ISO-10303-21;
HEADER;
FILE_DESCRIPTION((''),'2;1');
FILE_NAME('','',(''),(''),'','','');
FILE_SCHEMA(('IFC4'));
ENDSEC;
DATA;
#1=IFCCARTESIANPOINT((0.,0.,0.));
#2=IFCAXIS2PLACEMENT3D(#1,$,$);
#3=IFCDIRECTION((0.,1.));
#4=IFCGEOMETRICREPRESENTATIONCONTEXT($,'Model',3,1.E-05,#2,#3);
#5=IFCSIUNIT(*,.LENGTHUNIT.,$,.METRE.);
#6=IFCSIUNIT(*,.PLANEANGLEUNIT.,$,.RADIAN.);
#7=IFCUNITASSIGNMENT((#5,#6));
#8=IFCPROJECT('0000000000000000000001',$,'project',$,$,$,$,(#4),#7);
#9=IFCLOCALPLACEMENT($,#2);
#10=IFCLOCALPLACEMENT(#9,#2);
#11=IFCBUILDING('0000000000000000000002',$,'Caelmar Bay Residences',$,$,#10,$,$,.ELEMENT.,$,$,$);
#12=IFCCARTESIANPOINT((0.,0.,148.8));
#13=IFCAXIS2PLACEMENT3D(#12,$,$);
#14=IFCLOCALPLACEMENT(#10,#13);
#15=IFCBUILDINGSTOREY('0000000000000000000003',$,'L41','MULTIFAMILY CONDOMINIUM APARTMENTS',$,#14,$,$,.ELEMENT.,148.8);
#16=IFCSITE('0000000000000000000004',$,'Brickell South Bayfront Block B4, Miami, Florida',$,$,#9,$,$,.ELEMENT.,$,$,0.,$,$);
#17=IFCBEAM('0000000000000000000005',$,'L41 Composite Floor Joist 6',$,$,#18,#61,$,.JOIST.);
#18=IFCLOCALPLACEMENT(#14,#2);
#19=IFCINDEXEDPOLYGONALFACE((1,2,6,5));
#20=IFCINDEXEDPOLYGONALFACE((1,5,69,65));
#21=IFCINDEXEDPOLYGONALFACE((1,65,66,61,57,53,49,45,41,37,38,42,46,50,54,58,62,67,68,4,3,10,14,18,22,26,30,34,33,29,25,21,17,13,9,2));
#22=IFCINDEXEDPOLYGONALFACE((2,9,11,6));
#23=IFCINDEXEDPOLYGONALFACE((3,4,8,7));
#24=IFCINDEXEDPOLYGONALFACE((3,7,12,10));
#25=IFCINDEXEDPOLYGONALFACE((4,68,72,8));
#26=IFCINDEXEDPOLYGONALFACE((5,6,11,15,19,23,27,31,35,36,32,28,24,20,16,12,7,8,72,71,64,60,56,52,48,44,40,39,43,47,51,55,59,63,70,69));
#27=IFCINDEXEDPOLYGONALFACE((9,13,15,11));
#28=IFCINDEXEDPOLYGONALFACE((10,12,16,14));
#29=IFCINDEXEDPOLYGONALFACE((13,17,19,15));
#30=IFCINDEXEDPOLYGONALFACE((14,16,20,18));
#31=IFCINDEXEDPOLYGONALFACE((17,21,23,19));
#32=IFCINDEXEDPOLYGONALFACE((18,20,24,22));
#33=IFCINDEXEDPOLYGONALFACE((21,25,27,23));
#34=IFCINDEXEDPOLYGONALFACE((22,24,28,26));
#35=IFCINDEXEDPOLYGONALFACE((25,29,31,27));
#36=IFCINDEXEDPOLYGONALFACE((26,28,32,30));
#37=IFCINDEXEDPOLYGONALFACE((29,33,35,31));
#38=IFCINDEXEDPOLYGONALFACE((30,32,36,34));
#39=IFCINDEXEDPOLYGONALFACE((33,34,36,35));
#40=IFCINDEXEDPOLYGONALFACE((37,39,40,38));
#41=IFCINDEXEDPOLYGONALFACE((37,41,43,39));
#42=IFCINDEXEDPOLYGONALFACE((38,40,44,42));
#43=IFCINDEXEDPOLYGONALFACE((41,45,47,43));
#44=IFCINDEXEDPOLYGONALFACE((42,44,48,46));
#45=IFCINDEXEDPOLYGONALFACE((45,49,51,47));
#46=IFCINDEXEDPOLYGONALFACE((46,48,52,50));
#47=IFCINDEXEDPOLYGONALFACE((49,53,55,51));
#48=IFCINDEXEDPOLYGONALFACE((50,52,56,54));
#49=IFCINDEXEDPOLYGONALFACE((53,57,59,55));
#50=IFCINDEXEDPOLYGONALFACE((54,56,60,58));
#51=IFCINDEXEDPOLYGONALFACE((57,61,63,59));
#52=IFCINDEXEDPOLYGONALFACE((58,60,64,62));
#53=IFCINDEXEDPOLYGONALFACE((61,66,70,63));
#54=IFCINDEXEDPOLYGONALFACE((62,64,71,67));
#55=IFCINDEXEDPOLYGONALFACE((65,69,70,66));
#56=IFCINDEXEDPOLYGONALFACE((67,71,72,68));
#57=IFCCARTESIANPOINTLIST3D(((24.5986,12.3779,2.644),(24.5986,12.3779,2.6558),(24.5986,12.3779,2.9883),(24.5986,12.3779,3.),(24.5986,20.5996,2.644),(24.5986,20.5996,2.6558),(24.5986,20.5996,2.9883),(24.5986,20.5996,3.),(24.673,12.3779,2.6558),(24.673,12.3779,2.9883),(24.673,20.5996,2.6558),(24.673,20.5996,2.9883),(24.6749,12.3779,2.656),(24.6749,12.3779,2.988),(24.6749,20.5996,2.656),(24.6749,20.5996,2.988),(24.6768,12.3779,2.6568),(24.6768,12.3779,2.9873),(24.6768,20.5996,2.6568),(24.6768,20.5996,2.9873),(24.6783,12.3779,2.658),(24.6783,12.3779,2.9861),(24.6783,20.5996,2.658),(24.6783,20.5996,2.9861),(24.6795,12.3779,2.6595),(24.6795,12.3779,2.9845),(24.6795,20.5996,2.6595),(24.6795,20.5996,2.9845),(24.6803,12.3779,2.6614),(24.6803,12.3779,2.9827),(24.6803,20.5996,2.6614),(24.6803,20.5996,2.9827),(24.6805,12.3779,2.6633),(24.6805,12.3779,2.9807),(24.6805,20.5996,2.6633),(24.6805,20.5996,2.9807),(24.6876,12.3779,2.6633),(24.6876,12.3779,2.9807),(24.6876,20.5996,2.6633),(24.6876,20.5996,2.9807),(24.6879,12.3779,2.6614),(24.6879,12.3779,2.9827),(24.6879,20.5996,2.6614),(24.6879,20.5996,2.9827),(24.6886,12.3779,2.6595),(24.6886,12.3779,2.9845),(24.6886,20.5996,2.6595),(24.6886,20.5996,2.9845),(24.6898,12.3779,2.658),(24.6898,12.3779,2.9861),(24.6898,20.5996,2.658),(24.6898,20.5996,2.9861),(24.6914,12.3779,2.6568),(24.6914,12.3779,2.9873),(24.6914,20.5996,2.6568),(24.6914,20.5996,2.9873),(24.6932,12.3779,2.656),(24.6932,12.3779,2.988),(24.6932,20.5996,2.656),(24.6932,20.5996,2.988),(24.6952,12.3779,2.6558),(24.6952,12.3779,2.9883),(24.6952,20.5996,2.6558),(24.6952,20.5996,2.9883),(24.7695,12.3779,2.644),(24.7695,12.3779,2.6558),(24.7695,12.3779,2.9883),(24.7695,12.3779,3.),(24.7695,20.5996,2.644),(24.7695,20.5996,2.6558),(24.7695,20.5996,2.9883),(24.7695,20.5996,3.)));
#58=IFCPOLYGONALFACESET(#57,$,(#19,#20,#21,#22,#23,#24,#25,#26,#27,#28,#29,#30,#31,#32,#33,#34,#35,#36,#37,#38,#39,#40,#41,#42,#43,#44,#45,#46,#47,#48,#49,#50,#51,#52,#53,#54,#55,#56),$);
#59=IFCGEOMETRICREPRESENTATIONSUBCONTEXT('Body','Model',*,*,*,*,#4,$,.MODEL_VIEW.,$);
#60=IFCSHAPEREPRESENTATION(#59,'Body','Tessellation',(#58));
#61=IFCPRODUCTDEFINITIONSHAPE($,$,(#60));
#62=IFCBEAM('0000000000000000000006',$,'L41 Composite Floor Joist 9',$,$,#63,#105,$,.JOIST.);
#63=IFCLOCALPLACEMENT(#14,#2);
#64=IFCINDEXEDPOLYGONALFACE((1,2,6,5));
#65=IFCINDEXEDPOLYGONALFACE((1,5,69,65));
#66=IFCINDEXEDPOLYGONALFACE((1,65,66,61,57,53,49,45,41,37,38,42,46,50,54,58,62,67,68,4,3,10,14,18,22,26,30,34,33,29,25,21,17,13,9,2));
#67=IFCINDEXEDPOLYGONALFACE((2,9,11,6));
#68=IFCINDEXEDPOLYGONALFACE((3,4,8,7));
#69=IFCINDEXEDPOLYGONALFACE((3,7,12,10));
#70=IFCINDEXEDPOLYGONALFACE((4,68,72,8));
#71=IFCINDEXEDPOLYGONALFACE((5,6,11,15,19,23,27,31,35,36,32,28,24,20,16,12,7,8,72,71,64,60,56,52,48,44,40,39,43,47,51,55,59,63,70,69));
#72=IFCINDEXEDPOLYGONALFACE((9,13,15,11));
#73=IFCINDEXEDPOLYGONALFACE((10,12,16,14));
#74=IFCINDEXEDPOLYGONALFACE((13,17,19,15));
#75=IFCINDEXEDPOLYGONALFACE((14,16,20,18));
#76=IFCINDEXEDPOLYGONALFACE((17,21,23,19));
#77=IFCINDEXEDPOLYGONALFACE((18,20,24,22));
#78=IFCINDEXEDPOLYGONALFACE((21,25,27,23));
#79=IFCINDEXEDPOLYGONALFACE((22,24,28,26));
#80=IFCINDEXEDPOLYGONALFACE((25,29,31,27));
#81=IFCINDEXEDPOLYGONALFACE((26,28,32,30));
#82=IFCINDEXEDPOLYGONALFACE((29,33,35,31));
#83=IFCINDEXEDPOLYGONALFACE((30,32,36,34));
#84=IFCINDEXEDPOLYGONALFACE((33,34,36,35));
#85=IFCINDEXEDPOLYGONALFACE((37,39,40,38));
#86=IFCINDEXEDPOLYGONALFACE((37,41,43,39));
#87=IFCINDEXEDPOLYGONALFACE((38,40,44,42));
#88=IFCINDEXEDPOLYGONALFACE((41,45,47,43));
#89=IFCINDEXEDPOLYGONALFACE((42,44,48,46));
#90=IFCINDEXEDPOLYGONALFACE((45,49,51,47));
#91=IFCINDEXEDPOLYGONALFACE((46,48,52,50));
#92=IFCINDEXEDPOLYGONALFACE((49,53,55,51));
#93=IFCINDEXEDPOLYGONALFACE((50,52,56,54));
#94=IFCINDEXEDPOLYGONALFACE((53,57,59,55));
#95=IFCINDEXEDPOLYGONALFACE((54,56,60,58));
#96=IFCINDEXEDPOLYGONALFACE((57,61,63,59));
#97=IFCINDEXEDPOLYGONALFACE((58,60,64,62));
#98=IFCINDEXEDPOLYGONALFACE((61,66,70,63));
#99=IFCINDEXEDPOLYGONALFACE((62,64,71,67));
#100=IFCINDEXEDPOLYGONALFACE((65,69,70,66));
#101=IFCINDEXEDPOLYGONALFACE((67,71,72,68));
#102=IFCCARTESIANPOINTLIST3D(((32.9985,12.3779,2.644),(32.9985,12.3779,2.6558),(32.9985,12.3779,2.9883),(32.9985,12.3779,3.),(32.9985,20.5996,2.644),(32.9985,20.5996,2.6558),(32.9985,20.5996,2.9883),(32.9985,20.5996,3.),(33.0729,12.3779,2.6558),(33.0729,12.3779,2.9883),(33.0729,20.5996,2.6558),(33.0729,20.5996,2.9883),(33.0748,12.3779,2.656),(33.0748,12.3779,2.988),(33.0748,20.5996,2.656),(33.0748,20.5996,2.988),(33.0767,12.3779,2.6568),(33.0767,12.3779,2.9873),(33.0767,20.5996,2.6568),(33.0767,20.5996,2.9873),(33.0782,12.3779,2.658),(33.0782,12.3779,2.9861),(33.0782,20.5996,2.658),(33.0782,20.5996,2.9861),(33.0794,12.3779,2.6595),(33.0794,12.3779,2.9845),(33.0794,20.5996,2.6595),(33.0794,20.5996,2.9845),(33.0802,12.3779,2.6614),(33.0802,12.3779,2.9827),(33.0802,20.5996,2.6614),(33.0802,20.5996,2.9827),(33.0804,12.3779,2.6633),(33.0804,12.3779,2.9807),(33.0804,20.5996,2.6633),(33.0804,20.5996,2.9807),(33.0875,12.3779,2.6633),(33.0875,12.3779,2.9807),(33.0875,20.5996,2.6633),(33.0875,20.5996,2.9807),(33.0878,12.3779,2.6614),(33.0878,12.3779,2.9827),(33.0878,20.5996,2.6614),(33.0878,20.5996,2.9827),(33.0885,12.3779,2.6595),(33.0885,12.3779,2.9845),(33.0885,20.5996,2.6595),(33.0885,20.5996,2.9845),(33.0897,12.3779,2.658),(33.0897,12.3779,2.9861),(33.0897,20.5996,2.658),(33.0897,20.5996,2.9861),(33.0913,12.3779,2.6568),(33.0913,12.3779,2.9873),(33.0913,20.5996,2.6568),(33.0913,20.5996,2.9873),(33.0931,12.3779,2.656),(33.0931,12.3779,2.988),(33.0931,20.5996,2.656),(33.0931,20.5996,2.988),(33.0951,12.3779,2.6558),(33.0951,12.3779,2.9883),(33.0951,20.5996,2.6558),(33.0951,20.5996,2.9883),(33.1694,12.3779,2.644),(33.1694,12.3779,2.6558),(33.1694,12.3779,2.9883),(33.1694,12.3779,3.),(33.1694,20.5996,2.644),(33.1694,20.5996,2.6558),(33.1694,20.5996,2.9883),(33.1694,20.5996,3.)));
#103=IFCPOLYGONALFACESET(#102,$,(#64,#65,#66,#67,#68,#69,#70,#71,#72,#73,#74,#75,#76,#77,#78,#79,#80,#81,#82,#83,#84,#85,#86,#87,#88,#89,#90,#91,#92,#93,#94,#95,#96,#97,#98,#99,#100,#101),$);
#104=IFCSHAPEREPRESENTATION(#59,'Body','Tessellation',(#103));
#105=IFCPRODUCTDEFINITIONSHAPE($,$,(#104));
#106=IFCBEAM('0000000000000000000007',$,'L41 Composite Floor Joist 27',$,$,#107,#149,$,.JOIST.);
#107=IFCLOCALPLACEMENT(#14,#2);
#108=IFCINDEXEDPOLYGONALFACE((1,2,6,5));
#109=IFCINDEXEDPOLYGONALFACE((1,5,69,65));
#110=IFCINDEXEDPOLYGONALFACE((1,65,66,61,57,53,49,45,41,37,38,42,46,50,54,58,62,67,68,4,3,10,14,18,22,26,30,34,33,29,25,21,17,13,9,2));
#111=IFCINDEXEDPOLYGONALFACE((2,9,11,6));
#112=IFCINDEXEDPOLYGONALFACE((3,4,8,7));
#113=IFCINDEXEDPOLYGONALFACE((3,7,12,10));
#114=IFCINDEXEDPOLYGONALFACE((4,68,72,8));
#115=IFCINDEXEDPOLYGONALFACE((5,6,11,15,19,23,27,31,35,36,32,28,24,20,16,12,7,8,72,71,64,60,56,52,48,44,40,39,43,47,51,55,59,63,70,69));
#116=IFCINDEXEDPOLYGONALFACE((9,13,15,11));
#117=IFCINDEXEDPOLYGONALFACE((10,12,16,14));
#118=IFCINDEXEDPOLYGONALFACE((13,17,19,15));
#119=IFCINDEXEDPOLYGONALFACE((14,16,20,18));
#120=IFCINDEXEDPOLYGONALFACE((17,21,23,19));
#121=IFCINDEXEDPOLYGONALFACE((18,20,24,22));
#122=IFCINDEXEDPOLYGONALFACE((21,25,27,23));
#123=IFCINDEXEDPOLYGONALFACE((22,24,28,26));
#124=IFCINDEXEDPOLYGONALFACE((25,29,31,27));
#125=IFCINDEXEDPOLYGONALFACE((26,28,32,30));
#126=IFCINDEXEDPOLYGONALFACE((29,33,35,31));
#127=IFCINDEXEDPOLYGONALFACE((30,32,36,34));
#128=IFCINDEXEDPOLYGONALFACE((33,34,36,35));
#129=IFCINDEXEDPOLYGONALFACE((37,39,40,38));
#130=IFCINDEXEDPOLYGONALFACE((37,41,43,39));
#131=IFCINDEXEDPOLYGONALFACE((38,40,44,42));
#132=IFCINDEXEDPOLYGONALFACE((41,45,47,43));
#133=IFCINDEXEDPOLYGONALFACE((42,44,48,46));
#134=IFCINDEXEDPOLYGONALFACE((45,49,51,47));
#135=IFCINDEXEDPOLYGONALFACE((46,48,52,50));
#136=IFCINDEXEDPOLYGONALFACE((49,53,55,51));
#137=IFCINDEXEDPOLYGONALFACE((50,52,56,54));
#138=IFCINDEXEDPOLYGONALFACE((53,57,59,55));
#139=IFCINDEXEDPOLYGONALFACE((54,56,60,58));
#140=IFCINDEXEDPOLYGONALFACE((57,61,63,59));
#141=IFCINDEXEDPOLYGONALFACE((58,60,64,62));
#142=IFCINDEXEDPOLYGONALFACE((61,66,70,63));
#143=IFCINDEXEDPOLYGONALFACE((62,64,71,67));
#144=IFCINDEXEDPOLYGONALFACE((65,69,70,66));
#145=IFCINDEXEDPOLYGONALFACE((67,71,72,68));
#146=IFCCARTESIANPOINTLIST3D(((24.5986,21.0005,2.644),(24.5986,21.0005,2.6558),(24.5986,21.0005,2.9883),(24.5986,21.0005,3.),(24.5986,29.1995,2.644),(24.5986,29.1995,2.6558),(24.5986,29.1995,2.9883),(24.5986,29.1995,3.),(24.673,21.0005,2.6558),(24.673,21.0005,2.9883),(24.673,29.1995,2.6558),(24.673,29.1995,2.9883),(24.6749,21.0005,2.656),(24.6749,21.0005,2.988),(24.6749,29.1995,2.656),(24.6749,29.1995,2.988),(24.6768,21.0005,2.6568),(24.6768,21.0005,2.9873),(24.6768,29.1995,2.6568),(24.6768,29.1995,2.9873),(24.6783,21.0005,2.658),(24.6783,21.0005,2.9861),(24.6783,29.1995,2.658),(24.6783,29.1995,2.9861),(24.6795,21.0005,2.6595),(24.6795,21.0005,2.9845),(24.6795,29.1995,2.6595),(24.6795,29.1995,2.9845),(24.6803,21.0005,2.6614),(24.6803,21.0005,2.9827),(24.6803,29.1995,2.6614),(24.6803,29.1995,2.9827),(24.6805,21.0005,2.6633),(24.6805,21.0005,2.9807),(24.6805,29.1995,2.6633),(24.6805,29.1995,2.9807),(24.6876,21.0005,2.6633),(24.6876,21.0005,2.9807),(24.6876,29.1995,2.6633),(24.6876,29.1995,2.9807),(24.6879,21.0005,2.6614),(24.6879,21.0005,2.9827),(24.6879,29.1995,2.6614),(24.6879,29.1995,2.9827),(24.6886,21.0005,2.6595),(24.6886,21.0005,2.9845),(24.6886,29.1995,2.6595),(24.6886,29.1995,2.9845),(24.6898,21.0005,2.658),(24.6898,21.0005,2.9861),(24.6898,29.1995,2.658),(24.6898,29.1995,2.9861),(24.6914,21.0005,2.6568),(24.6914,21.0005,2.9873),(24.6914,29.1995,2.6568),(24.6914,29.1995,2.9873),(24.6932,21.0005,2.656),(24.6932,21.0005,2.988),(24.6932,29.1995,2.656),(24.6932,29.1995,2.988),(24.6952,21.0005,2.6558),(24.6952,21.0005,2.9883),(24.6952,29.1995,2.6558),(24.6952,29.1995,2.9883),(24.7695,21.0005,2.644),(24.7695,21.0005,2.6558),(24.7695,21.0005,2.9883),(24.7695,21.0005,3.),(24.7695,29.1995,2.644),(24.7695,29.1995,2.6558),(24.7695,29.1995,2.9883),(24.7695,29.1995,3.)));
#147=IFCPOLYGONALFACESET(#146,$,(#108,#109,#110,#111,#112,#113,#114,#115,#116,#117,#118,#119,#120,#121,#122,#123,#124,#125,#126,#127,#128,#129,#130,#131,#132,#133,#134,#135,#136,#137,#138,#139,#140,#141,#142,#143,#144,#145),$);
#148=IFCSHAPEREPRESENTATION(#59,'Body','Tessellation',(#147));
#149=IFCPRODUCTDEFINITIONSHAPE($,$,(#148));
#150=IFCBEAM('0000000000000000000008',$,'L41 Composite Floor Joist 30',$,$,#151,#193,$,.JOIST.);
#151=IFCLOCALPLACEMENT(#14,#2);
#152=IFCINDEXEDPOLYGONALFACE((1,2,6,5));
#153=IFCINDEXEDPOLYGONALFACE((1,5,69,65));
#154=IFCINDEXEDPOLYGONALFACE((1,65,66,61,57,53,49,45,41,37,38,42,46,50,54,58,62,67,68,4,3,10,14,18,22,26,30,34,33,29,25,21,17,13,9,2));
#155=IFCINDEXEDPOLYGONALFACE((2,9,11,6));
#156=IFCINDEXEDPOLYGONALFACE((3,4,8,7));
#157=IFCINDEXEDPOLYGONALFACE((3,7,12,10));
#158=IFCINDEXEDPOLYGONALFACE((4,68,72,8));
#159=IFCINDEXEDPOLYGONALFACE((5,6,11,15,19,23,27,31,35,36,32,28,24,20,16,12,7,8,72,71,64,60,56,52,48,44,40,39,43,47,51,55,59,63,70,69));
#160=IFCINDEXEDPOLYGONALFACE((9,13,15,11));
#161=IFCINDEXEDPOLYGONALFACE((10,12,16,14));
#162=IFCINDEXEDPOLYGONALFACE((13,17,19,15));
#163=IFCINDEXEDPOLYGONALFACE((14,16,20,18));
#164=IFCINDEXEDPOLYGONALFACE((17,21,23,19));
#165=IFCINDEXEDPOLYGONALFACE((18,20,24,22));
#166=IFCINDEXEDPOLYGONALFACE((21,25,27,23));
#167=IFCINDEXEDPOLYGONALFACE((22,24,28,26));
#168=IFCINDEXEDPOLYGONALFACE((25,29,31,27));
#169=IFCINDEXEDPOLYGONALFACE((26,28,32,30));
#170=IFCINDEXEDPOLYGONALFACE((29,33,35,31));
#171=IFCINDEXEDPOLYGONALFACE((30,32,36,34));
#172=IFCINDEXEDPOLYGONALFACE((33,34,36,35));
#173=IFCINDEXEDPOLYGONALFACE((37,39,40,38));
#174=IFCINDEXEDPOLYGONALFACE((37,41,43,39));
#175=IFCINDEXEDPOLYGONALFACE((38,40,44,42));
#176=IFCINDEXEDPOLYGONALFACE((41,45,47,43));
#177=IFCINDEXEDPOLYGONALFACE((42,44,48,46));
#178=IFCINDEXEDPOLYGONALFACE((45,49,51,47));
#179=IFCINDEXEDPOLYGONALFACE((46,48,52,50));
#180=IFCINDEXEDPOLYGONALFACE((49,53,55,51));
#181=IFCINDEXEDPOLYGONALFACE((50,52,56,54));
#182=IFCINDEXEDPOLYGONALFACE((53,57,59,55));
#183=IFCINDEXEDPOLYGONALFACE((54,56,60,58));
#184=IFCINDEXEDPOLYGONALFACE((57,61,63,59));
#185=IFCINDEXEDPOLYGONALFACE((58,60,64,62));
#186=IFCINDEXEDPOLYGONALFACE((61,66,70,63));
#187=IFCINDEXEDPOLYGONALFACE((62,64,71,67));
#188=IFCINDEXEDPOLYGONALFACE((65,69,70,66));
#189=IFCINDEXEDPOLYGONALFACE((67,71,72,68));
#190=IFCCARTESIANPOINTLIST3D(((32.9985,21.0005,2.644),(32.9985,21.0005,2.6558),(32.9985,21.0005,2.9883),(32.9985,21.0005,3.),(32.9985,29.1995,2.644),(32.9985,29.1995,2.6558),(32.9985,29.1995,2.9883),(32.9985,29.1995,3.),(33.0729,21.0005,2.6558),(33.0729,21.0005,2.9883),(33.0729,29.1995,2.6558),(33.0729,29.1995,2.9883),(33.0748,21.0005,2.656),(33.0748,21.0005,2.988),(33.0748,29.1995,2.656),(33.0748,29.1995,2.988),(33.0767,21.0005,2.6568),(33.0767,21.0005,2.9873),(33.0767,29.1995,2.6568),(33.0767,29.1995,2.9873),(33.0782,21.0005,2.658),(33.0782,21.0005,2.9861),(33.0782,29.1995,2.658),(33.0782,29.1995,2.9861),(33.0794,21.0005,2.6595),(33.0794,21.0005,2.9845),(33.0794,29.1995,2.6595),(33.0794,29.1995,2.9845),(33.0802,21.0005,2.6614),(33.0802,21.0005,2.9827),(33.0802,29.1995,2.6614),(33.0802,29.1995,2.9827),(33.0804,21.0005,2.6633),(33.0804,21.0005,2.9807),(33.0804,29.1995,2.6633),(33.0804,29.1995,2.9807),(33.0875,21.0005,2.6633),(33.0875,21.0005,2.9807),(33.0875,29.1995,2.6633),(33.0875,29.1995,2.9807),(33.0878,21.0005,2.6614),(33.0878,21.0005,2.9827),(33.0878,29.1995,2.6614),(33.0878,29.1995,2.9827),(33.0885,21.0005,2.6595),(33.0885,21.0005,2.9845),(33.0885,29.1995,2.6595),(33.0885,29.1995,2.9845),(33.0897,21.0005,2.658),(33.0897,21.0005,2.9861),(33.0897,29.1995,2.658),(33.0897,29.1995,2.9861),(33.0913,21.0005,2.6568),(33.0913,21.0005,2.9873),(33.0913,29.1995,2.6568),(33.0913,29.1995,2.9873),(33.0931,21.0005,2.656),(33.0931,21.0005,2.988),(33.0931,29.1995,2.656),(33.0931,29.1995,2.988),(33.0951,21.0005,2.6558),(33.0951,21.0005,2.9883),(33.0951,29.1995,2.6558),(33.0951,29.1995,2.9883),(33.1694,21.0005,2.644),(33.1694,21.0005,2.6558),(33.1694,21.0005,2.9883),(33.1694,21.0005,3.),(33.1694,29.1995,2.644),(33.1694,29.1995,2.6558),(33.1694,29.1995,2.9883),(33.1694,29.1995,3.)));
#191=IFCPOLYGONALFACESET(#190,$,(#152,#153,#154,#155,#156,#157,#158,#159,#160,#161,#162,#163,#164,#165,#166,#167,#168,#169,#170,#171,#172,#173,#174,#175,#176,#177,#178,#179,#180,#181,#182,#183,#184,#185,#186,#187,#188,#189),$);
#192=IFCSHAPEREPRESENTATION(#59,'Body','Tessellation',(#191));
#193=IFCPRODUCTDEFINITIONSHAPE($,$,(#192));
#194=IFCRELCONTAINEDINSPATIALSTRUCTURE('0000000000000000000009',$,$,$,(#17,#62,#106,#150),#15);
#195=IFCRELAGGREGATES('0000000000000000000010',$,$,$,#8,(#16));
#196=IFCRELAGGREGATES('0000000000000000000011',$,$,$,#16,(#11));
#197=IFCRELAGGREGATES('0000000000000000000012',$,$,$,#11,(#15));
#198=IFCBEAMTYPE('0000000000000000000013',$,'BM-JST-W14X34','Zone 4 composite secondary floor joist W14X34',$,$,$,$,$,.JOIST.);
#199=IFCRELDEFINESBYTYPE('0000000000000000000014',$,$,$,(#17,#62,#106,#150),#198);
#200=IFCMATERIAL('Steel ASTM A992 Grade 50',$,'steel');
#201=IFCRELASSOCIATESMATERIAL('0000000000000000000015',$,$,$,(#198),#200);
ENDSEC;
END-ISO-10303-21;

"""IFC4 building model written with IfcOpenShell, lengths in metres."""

from ifc_helpers import new_model, si_unit, direction, frame, origin, origin_2d, place, context, subcontext, project, spatial, i_section, extrude, material, material_profile, profile_set, type_object, element, save


model = new_model("IFC4")

# Units and contexts
model_context = context("Model", 3, precision=1e-05, world=origin(), true_north=direction((0.0, 1.0)))
body_context = subcontext(model_context, "Body", "Model", "MODEL_VIEW")
ifc_project = project(units=[si_unit("LENGTHUNIT", "METRE"), si_unit("PLANEANGLEUNIT", "RADIAN")], contexts=[model_context])

# Site, building, storey
site_placement = place(None, origin())
site = spatial("IfcSite", under=ifc_project, at=site_placement, Name="Brickell South Bayfront Block B4, Miami, Florida", CompositionType="ELEMENT", RefElevation=0.0)
building_placement = place(site_placement, origin())
building = spatial("IfcBuilding", under=site, at=building_placement, Name="Caelmar Bay Residences", CompositionType="ELEMENT")
storey_placement = place(building_placement, frame((0.0, 0.0, 148.8)))
storey = spatial("IfcBuildingStorey", under=building, at=storey_placement, Name="L41", Description="MULTIFAMILY CONDOMINIUM APARTMENTS", CompositionType="ELEMENT", Elevation=148.8)

# Beams
ifc_material_1 = material(Name="Steel ASTM A992 Grade 50", Category="steel")
ifc_material_profile_1 = material_profile(ifc_material_1, i_section(OverallWidth=0.1709, OverallDepth=0.356, WebThickness=0.0071, FlangeThickness=0.0117, FilletRadius=0.0076, at=origin_2d()), Name="W14X34")
ifc_profile_set_1 = profile_set([ifc_material_profile_1], Name="Steel ASTM A992 Grade 50")
beam_type_1 = type_object("IfcBeamType", Name="BM-JST-W14X34", Description="Zone 4 composite secondary floor joist W14X34", PredefinedType="JOIST", material=ifc_profile_set_1)
for number, where, z_axis, x_axis, name in (
    (1, (24.6841, 12.3779, 2.822), (0.0, 1.0, 0.0), (-1.0, 0.0, 0.0), "L41 Composite Floor Joist 6"),
    (2, (33.084, 12.3779, 2.822), (0.0, 1.0, 0.0), (-1.0, 0.0, 0.0), "L41 Composite Floor Joist 9"),
):
    element("IfcBeam", number, at=place(storey_placement, frame(where, z_axis=z_axis, x_axis=x_axis)), inside=storey, type_object=beam_type_1, Name=name, PredefinedType="JOIST", context=body_context, shape_type="SweptSolid", body=[
        extrude(i_section(OverallWidth=0.1709, OverallDepth=0.356, WebThickness=0.0071, FlangeThickness=0.0117, FilletRadius=0.0076, at=origin_2d()), origin(), (0.0, 0.0, 1.0), 8.2217),
    ])
for number, where, z_axis, x_axis, name in (
    (3, (24.6841, 21.0005, 2.822), (0.0, 1.0, 0.0), (-1.0, 0.0, 0.0), "L41 Composite Floor Joist 27"),
    (4, (33.084, 21.0005, 2.822), (0.0, 1.0, 0.0), (-1.0, 0.0, 0.0), "L41 Composite Floor Joist 30"),
):
    element("IfcBeam", number, at=place(storey_placement, frame(where, z_axis=z_axis, x_axis=x_axis)), inside=storey, type_object=beam_type_1, Name=name, PredefinedType="JOIST", context=body_context, shape_type="SweptSolid", body=[
        extrude(i_section(OverallWidth=0.1709, OverallDepth=0.356, WebThickness=0.0071, FlangeThickness=0.0117, FilletRadius=0.0076, at=origin_2d()), origin(), (0.0, 0.0, 1.0), 8.199),
    ])

save(model, "model.ifc")
